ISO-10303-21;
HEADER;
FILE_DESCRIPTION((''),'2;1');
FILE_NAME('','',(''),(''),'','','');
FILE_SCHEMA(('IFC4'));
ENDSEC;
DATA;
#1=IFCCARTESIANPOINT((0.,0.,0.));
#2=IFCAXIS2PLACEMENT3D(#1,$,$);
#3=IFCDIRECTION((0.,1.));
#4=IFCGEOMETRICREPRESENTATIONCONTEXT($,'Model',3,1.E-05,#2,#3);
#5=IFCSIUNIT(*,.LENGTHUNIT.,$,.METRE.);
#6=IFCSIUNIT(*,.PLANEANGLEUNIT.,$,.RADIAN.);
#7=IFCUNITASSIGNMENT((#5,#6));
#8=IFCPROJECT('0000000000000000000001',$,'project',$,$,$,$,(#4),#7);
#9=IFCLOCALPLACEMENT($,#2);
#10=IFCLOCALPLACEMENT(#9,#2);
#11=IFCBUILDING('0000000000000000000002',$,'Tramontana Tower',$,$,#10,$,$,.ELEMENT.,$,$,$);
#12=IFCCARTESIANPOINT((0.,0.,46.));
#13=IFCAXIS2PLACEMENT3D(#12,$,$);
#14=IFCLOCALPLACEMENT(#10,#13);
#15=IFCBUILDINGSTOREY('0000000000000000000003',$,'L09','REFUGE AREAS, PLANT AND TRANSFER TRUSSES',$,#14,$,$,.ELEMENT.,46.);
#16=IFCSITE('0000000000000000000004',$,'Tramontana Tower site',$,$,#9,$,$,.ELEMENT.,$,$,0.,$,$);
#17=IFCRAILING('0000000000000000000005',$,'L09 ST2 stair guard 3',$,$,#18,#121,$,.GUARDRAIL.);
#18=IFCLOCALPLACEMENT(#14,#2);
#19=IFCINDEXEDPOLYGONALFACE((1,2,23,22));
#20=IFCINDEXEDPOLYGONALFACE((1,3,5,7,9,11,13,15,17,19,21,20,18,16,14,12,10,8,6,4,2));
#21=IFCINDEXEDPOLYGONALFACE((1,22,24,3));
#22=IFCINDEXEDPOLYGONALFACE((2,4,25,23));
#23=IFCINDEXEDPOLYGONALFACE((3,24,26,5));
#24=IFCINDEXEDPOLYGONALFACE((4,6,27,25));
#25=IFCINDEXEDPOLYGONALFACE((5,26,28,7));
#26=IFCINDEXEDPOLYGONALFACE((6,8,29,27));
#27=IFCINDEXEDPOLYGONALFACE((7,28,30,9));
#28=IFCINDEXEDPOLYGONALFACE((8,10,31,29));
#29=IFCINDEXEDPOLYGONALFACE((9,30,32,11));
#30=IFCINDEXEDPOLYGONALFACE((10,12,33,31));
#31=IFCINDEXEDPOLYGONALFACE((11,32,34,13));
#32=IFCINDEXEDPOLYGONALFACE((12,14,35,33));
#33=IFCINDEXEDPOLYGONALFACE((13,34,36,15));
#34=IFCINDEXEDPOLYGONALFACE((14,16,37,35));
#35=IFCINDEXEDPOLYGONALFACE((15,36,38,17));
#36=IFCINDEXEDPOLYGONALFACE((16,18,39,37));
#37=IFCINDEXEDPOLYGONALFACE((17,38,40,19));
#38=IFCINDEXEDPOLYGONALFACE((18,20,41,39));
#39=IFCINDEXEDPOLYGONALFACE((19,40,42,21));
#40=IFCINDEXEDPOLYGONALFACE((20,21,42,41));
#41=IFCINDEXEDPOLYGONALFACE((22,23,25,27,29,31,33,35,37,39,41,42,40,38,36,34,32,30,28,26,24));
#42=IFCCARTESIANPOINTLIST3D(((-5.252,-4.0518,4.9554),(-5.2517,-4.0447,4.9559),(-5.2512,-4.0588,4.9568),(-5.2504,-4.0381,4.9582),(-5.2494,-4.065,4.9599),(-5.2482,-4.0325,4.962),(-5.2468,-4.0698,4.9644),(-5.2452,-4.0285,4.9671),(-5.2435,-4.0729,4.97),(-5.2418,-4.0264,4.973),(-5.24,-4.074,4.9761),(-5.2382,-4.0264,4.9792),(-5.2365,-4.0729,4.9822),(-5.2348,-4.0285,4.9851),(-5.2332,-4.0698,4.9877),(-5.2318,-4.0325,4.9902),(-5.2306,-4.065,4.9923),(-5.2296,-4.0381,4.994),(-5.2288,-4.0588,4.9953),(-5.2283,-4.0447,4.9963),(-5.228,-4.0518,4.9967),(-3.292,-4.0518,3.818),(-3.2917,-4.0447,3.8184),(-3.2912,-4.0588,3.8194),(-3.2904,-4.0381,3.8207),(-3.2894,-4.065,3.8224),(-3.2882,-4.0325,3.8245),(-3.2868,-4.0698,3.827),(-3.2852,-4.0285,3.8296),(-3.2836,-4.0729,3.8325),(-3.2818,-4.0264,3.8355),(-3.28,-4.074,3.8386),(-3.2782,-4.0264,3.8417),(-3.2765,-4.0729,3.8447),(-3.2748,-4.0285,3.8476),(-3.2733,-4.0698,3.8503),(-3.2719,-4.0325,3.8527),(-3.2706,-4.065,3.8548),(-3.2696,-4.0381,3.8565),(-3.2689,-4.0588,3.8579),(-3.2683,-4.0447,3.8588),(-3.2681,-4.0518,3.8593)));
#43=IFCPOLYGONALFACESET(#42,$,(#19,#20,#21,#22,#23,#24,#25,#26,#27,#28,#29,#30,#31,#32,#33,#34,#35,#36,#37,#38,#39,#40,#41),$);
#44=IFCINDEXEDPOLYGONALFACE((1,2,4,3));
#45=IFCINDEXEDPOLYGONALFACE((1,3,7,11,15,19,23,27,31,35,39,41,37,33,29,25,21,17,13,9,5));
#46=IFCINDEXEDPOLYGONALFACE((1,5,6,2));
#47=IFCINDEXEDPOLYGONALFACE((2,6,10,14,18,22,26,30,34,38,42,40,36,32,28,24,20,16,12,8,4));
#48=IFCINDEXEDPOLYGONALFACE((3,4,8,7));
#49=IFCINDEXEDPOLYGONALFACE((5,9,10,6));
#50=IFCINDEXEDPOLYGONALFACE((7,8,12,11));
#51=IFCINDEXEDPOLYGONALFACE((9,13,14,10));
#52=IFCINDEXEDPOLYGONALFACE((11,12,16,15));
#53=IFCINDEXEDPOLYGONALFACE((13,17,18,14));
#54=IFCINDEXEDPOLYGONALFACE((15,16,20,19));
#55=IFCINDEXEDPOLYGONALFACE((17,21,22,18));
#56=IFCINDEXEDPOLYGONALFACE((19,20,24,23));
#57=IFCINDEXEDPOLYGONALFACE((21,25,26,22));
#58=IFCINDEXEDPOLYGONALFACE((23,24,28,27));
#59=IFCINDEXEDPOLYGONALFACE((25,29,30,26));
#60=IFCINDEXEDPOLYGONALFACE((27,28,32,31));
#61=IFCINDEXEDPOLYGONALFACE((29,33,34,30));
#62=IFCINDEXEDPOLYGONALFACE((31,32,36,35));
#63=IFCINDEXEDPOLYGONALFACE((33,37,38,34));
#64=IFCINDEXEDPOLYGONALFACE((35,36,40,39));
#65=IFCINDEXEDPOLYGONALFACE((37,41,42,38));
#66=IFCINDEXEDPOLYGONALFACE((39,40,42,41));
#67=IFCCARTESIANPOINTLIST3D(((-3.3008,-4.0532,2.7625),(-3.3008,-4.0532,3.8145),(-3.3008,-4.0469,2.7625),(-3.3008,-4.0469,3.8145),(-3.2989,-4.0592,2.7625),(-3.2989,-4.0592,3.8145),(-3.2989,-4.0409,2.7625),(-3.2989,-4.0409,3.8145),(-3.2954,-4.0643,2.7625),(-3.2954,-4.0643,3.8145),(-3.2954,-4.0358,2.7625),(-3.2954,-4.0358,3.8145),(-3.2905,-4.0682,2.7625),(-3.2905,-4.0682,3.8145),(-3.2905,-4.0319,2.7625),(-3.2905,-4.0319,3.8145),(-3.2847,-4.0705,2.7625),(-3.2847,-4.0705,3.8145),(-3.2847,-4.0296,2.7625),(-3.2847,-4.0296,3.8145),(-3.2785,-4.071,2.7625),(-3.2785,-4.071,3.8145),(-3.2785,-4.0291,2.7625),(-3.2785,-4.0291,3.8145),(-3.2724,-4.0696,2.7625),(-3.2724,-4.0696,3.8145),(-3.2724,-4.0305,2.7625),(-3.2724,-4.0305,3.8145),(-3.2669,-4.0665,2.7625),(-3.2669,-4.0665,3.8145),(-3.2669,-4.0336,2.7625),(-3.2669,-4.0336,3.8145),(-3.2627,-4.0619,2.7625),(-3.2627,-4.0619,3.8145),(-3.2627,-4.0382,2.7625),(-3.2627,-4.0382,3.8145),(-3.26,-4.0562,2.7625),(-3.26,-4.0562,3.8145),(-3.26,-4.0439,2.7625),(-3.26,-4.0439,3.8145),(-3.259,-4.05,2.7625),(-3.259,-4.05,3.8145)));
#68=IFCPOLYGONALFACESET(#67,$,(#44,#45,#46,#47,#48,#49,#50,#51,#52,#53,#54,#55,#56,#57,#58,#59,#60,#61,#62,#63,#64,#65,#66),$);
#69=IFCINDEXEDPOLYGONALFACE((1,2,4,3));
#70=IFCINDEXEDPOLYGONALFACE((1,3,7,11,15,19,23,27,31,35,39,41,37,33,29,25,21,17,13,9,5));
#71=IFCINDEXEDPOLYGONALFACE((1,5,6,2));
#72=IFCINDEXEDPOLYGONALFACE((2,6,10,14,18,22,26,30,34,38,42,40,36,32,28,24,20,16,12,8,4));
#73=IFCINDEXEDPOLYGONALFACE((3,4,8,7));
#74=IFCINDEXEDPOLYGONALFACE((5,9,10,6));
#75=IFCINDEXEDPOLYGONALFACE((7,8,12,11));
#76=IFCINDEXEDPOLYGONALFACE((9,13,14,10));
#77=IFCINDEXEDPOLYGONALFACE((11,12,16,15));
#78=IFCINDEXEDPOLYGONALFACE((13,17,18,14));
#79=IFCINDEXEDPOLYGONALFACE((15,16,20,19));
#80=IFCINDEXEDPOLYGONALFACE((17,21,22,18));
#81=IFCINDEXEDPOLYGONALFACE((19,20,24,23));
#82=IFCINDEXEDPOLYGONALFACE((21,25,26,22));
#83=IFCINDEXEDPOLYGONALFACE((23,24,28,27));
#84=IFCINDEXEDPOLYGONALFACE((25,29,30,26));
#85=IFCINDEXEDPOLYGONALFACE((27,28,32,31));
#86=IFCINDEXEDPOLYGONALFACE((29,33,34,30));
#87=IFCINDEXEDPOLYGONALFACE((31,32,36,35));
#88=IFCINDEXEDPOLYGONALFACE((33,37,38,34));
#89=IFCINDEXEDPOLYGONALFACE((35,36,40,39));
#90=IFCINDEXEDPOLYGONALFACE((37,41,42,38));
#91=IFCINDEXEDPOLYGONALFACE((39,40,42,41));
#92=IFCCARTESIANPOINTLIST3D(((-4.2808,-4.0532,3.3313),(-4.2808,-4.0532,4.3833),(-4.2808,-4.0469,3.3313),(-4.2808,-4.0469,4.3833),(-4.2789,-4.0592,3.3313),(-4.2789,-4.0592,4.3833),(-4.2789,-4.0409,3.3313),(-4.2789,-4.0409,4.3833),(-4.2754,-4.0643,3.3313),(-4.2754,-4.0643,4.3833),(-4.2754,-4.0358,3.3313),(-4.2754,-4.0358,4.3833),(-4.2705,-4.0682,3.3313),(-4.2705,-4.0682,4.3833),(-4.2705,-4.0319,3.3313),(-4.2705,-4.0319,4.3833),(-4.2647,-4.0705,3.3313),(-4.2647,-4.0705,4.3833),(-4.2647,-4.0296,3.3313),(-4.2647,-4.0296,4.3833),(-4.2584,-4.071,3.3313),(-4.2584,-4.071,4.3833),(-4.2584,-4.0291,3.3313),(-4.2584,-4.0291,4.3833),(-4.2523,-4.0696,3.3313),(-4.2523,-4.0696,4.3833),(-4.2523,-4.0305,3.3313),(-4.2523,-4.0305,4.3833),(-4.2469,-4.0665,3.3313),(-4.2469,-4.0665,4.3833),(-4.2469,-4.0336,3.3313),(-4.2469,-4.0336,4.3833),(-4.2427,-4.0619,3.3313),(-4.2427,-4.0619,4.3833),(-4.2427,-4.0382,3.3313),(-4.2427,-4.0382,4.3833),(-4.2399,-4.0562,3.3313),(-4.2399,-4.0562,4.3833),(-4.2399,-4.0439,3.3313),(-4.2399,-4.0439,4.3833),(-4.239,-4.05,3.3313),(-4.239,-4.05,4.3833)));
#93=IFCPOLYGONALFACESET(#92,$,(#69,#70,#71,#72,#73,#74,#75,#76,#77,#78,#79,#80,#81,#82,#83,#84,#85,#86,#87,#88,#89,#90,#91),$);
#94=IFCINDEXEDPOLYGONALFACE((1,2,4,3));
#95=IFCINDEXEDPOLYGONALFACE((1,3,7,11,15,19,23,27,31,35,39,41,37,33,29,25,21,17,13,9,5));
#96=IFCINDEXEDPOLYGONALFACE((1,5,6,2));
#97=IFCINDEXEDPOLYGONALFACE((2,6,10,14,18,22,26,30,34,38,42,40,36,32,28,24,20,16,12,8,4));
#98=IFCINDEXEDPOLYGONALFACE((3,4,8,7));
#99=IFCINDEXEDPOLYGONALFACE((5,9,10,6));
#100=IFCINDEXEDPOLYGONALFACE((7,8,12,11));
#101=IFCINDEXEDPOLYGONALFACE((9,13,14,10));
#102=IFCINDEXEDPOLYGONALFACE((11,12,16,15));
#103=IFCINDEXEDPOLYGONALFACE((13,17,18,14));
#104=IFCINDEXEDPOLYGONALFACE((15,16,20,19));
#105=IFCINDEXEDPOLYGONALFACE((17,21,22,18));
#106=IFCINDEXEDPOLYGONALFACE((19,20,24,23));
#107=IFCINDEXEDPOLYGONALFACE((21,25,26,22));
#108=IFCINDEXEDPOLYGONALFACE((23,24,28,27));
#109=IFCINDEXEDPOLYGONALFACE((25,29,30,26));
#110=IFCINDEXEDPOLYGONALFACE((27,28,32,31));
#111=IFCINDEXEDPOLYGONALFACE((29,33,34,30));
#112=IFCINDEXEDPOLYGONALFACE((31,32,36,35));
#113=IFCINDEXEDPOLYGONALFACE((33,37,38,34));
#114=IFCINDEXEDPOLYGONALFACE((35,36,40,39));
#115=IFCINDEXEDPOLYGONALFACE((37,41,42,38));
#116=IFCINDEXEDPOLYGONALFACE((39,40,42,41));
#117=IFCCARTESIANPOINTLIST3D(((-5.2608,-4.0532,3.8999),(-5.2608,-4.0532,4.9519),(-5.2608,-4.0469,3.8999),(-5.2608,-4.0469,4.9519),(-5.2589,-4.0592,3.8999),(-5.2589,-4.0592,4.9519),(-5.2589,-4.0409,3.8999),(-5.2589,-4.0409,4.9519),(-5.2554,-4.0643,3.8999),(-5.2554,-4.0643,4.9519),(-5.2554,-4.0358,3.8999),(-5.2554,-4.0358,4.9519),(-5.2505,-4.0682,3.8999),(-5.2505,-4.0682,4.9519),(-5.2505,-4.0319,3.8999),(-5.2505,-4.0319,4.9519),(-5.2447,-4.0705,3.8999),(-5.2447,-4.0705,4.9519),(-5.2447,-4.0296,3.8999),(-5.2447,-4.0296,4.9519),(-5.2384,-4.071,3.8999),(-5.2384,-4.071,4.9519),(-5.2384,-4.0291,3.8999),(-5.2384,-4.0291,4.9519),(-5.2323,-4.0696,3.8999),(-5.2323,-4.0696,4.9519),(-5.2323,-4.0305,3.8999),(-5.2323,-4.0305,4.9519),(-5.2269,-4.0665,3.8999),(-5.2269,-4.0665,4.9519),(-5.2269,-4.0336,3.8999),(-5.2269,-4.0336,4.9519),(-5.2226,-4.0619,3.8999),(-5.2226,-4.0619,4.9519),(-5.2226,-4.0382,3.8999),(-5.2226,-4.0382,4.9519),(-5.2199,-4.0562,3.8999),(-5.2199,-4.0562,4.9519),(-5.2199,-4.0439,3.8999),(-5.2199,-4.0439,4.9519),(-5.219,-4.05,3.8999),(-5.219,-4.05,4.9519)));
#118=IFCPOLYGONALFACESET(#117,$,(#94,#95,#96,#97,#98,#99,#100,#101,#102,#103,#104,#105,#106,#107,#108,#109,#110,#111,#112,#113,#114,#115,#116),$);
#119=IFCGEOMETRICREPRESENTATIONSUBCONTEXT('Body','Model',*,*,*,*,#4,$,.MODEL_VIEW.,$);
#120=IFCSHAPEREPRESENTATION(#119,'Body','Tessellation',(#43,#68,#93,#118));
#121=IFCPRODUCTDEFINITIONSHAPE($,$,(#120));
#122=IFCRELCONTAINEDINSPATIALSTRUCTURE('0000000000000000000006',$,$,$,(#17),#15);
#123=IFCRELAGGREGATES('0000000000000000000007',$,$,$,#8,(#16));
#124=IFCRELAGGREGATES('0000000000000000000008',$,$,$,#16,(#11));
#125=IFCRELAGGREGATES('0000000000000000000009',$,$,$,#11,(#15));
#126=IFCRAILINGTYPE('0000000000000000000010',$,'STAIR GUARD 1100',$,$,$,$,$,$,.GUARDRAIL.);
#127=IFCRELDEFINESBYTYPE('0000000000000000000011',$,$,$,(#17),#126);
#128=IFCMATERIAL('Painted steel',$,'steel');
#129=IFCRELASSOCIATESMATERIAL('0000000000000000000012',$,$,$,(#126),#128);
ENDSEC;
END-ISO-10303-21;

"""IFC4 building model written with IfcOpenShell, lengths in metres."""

from ifc_helpers import new_model, si_unit, direction, frame, origin, origin_2d, place, context, subcontext, project, spatial, circle, extrude, material, type_object, element, save


model = new_model("IFC4")

# Units and contexts
model_context = context("Model", 3, precision=1e-05, world=origin(), true_north=direction((0.0, 1.0)))
body_context = subcontext(model_context, "Body", "Model", "MODEL_VIEW")
ifc_project = project(units=[si_unit("LENGTHUNIT", "METRE"), si_unit("PLANEANGLEUNIT", "RADIAN")], contexts=[model_context])

# Site, building, storey
site_placement = place(None, origin())
site = spatial("IfcSite", under=ifc_project, at=site_placement, Name="Tramontana Tower site", CompositionType="ELEMENT", RefElevation=0.0)
building_placement = place(site_placement, origin())
building = spatial("IfcBuilding", under=site, at=building_placement, Name="Tramontana Tower", CompositionType="ELEMENT")
storey_placement = place(building_placement, frame((0.0, 0.0, 46.0)))
storey = spatial("IfcBuildingStorey", under=building, at=storey_placement, Name="L09", Description="REFUGE AREAS, PLANT AND TRANSFER TRUSSES", CompositionType="ELEMENT", Elevation=46.0)

# Railing
ifc_material_1 = material(Name="Painted steel", Category="steel")
railing_type_1 = type_object("IfcRailingType", Name="STAIR GUARD 1100", PredefinedType="GUARDRAIL", material=ifc_material_1)
railing_1_placement = place(storey_placement, frame((-3.28, -4.05, 2.7625)))
element("IfcRailing", 1, at=railing_1_placement, inside=storey, type_object=railing_type_1, Name="L09 ST2 stair guard 3", PredefinedType="GUARDRAIL", context=body_context, shape_type="SweptSolid", body=[
    extrude(circle(Radius=0.0239, at=origin_2d()), frame((0.0, 0.0, 1.0762), z_axis=(-0.864902, 0.0, 0.501941), x_axis=(0.0, -1.0, 0.0)), (0.0, 0.0, 1.0), 2.2661),
    extrude(circle(Radius=0.021, at=origin_2d()), origin(), (0.0, 0.0, 1.0), 1.052),
    extrude(circle(Radius=0.021, at=origin_2d()), frame((-0.98, 0.0, 0.5688)), (0.0, 0.0, 1.0), 1.052),
    extrude(circle(Radius=0.021, at=origin_2d()), frame((-1.96, 0.0, 1.1375)), (0.0, 0.0, 1.0), 1.052),
])

save(model, "model.ifc")
